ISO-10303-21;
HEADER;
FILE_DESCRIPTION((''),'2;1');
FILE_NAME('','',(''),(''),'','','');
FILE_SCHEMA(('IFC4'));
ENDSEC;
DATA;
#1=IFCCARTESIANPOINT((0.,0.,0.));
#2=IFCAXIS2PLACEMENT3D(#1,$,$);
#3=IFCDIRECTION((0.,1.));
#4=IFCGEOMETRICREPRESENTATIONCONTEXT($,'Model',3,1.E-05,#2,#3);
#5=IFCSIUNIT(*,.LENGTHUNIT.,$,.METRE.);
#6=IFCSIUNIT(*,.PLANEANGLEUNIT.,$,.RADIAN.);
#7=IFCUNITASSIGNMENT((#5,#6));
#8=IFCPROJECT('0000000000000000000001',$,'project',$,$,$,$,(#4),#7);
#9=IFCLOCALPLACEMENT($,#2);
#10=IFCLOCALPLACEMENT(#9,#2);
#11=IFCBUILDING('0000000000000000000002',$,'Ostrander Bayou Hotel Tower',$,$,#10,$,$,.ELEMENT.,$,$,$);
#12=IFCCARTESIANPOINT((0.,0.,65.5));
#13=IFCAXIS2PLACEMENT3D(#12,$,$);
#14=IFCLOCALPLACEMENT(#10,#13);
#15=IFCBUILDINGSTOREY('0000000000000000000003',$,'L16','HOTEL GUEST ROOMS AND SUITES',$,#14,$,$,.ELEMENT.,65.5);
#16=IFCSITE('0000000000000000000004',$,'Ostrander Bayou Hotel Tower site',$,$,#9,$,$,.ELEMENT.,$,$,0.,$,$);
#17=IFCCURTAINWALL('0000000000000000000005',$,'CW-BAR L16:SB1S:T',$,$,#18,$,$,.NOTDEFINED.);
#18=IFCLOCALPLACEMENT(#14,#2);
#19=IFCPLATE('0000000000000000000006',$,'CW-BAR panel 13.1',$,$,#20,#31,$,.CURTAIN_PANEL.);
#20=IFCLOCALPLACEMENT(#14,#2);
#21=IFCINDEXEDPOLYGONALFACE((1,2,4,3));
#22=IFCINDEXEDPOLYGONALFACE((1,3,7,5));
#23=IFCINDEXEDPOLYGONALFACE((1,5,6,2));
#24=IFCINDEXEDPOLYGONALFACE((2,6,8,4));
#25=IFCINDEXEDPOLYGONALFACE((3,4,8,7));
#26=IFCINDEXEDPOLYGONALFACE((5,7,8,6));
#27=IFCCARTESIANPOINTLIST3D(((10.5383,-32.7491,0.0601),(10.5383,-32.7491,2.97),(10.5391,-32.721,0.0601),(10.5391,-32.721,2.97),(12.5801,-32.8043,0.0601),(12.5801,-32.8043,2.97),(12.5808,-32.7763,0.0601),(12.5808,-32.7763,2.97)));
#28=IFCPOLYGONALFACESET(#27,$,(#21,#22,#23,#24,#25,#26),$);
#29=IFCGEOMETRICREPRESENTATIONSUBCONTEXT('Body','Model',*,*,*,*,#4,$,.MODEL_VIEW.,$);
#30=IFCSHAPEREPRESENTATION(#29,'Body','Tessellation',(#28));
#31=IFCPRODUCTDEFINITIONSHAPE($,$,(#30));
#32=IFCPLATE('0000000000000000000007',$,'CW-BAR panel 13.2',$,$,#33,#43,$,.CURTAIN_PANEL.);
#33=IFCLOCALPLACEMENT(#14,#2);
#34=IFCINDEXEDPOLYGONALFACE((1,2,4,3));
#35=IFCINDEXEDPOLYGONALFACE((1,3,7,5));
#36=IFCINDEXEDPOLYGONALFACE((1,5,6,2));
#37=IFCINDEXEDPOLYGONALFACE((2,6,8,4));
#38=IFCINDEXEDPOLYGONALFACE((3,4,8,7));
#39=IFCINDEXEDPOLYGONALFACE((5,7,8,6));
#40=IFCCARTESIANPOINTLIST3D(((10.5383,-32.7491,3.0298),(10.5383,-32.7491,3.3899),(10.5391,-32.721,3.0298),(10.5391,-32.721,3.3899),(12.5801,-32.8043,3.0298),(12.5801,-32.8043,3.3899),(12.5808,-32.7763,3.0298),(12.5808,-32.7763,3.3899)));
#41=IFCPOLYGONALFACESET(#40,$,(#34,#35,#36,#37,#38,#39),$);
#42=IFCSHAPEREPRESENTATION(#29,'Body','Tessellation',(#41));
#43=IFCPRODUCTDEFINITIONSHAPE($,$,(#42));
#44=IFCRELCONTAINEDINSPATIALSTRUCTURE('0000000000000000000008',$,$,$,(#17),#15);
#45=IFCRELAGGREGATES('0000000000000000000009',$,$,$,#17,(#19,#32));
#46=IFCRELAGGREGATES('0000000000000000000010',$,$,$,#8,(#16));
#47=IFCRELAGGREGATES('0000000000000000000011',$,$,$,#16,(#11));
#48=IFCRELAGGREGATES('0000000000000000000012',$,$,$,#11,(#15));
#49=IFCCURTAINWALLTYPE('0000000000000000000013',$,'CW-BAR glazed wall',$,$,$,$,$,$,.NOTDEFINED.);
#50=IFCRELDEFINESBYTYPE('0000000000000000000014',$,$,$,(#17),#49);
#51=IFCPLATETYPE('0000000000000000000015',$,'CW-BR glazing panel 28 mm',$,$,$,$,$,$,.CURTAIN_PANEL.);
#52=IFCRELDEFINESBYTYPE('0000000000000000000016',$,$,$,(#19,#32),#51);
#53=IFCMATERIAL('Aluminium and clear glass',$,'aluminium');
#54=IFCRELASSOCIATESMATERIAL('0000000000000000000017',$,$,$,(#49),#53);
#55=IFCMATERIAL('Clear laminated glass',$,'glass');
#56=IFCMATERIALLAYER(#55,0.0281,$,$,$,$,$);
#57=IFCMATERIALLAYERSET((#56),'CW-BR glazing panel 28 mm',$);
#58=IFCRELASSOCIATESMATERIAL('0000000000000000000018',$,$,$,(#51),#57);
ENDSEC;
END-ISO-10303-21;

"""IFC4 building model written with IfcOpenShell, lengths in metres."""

from ifc_helpers import new_model, si_unit, direction, frame, origin, origin_2d, place, context, subcontext, project, spatial, rectangle, extrude, material, layer, layer_set, type_object, element, aggregate, save


model = new_model("IFC4")

# Units and contexts
model_context = context("Model", 3, precision=1e-05, world=origin(), true_north=direction((0.0, 1.0)))
body_context = subcontext(model_context, "Body", "Model", "MODEL_VIEW")
ifc_project = project(units=[si_unit("LENGTHUNIT", "METRE"), si_unit("PLANEANGLEUNIT", "RADIAN")], contexts=[model_context])

# Site, building, storey
site_placement = place(None, origin())
site = spatial("IfcSite", under=ifc_project, at=site_placement, Name="Ostrander Bayou Hotel Tower site", CompositionType="ELEMENT", RefElevation=0.0)
building_placement = place(site_placement, origin())
building = spatial("IfcBuilding", under=site, at=building_placement, Name="Ostrander Bayou Hotel Tower", CompositionType="ELEMENT")
storey_placement = place(building_placement, frame((0.0, 0.0, 65.5)))
storey = spatial("IfcBuildingStorey", under=building, at=storey_placement, Name="L16", Description="HOTEL GUEST ROOMS AND SUITES", CompositionType="ELEMENT", Elevation=65.5)

# Curtain wall, plates
ifc_material_1 = material(Name="Aluminium and clear glass", Category="aluminium")
curtain_wall_type = type_object("IfcCurtainWallType", Name="CW-BAR glazed wall", PredefinedType="NOTDEFINED", material=ifc_material_1)
curtain_wall_placement = place(storey_placement, origin())
curtain_wall = element("IfcCurtainWall", 1, at=curtain_wall_placement, inside=storey, type_object=curtain_wall_type, Name="CW-BAR L16:SB1S:T", PredefinedType="NOTDEFINED")
ifc_material_2 = material(Name="Clear laminated glass", Category="glass")
ifc_layer = layer(ifc_material_2, 0.0281)
ifc_layer_set = layer_set([ifc_layer], Name="CW-BR glazing panel 28 mm")
plate_type = type_object("IfcPlateType", Name="CW-BR glazing panel 28 mm", PredefinedType="CURTAIN_PANEL", material=ifc_layer_set)
plate_1_placement = place(storey_placement, frame((11.5596, -32.7627, 0.0601), z_axis=(0.0, 0.0, 1.0), x_axis=(0.999634, -0.027042, 0.0)))
plate_1 = element("IfcPlate", 2, at=plate_1_placement, type_object=plate_type, Name="CW-BAR panel 13.1", PredefinedType="CURTAIN_PANEL", context=body_context, shape_type="SweptSolid", body=[
    extrude(rectangle(XDim=2.0425, YDim=0.0281, at=origin_2d()), origin(), (0.0, 0.0, 1.0), 2.9099),
])
plate_2_placement = place(storey_placement, frame((11.5596, -32.7627, 3.0298), z_axis=(0.0, 0.0, 1.0), x_axis=(0.999634, -0.027042, 0.0)))
plate_2 = element("IfcPlate", 3, at=plate_2_placement, type_object=plate_type, Name="CW-BAR panel 13.2", PredefinedType="CURTAIN_PANEL", context=body_context, shape_type="SweptSolid", body=[
    extrude(rectangle(XDim=2.0425, YDim=0.0281, at=origin_2d()), origin(), (0.0, 0.0, 1.0), 0.3601),
])
aggregate(curtain_wall, [plate_1, plate_2])

save(model, "model.ifc")
